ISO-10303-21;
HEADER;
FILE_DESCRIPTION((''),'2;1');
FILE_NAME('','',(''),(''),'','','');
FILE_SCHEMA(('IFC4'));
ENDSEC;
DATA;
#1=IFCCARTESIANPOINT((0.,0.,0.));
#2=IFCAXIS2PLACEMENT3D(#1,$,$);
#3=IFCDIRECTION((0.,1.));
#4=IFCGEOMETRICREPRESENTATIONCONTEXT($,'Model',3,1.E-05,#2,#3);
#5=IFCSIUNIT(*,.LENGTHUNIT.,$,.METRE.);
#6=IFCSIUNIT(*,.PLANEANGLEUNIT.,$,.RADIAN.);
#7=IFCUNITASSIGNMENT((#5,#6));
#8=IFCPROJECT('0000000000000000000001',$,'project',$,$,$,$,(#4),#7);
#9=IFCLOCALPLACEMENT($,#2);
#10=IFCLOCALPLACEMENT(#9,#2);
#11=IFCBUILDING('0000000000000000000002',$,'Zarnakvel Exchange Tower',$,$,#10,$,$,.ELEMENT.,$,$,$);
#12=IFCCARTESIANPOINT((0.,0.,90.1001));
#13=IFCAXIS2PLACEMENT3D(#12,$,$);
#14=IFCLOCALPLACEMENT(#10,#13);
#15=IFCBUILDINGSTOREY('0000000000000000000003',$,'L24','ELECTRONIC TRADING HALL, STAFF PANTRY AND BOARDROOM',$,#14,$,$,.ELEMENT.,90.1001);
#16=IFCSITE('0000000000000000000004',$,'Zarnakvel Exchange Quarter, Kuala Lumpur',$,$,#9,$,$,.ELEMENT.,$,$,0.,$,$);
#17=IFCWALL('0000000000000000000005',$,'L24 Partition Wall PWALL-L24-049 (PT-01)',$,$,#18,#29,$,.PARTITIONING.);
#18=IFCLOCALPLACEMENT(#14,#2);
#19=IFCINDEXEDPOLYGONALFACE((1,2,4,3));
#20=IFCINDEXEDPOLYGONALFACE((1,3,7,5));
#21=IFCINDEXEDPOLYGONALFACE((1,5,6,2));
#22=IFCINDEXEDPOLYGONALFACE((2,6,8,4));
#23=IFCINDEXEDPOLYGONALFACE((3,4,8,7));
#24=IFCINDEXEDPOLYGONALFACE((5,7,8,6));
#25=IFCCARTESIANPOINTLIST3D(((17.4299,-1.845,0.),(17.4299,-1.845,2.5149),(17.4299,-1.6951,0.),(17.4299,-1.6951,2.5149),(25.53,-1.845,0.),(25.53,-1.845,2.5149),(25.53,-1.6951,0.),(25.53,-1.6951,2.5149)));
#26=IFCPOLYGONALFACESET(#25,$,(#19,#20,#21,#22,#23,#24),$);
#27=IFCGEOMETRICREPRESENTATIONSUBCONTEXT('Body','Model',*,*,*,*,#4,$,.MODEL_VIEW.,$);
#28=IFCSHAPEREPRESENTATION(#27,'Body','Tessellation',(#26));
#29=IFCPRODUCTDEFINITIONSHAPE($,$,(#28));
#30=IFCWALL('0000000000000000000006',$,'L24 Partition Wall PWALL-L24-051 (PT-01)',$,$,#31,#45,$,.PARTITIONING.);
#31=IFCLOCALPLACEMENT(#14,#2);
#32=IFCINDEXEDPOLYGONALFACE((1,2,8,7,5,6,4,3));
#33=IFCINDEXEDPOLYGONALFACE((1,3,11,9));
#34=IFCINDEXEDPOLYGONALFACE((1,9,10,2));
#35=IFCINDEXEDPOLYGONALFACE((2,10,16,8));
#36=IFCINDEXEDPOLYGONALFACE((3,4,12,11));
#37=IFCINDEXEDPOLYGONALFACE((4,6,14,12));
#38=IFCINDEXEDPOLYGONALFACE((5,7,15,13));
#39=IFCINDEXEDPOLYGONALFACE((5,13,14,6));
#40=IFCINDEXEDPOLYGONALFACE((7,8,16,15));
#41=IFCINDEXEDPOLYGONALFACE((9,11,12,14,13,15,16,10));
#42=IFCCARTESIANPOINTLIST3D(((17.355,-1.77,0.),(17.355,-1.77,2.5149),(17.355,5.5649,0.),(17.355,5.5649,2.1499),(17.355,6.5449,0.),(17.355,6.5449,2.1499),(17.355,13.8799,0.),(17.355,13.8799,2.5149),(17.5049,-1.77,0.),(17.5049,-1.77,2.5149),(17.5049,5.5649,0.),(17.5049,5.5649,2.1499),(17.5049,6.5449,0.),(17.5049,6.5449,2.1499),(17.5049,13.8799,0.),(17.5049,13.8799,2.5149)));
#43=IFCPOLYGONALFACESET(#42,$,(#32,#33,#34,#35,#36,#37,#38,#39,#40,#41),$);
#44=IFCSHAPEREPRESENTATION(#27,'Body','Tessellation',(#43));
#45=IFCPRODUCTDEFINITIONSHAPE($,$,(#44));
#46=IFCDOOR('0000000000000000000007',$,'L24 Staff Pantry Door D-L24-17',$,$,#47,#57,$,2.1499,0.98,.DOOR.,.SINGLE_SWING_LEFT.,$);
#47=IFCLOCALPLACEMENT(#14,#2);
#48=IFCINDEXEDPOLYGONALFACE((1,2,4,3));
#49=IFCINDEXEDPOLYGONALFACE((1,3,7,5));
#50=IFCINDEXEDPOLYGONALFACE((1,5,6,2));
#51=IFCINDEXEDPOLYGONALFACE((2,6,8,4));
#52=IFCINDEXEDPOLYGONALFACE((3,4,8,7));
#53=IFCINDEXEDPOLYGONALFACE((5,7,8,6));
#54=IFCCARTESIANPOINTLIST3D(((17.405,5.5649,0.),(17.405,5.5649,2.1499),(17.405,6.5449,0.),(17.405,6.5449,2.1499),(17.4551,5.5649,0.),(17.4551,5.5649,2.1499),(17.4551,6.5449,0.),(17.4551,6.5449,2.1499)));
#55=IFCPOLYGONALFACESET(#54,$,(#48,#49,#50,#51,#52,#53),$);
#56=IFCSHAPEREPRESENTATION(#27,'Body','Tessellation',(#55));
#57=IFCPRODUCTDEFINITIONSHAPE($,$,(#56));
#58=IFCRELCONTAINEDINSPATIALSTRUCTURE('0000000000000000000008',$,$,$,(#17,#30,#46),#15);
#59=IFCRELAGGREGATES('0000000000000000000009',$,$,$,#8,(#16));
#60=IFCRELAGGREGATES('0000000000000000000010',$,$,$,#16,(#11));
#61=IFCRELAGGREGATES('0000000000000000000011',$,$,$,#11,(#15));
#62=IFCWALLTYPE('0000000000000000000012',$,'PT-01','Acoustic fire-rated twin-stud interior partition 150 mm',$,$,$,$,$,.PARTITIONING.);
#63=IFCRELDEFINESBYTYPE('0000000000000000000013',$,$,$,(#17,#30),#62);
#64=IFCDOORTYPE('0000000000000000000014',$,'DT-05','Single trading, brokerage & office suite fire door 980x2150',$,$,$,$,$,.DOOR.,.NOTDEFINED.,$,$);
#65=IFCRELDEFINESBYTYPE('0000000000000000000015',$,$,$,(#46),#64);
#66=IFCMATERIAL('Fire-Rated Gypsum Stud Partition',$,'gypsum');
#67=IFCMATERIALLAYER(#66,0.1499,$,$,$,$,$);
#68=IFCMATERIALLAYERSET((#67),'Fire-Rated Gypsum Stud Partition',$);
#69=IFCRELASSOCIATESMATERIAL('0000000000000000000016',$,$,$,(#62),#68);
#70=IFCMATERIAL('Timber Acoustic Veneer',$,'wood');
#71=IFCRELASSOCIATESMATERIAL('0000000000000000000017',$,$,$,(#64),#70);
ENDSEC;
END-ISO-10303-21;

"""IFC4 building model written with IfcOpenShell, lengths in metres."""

from ifc_helpers import new_model, si_unit, direction, frame, frame_2d, origin, place, context, subcontext, project, spatial, rectangle, extrude, source, transform, mapped, material, layer, layer_set, type_object, element, fill, save


model = new_model("IFC4")

# Units and contexts
model_context = context("Model", 3, precision=1e-05, world=origin(), true_north=direction((0.0, 1.0)))
body_context = subcontext(model_context, "Body", "Model", "MODEL_VIEW")
ifc_project = project(units=[si_unit("LENGTHUNIT", "METRE"), si_unit("PLANEANGLEUNIT", "RADIAN")], contexts=[model_context])

# Site, building, storey
site_placement = place(None, origin())
site = spatial("IfcSite", under=ifc_project, at=site_placement, Name="Zarnakvel Exchange Quarter, Kuala Lumpur", CompositionType="ELEMENT", RefElevation=0.0)
building_placement = place(site_placement, origin())
building = spatial("IfcBuilding", under=site, at=building_placement, Name="Zarnakvel Exchange Tower", CompositionType="ELEMENT")
storey_placement = place(building_placement, frame((0.0, 0.0, 90.1001)))
storey = spatial("IfcBuildingStorey", under=building, at=storey_placement, Name="L24", Description="ELECTRONIC TRADING HALL, STAFF PANTRY AND BOARDROOM", CompositionType="ELEMENT", Elevation=90.1001)

# Wall
ifc_material_1 = material(Name="Fire-Rated Gypsum Stud Partition", Category="gypsum")
ifc_layer_1 = layer(ifc_material_1, 0.1499)
ifc_layer_set_1 = layer_set([ifc_layer_1], Name="Fire-Rated Gypsum Stud Partition")
wall_type_1 = type_object("IfcWallType", Name="PT-01", Description="Acoustic fire-rated twin-stud interior partition 150 mm", PredefinedType="PARTITIONING", material=ifc_layer_set_1)
wall_1_placement = place(storey_placement, frame((25.53, -1.77, 0.0), z_axis=(0.0, 0.0, 1.0), x_axis=(-1.0, 0.0, 0.0)))
element("IfcWall", 1, at=wall_1_placement, inside=storey, type_object=wall_type_1, Name="L24 Partition Wall PWALL-L24-049 (PT-01)", PredefinedType="PARTITIONING", context=body_context, shape_type="SweptSolid", body=[
    extrude(rectangle(XDim=8.1001, YDim=0.1499, at=frame_2d((4.05, 0.0))), origin(), (0.0, 0.0, 1.0), 2.5149),
])

# Wall, opening, door
wall_2_placement = place(storey_placement, frame((17.4299, -1.77, 0.0), z_axis=(0.0, 0.0, 1.0), x_axis=(0.0, 1.0, 0.0)))
wall_2 = element("IfcWall", 2, at=wall_2_placement, inside=storey, type_object=wall_type_1, Name="L24 Partition Wall PWALL-L24-051 (PT-01)", PredefinedType="PARTITIONING", context=body_context, shape_type="SweptSolid", body=[
    extrude(rectangle(XDim=15.6499, YDim=0.1499, at=frame_2d((7.825, 0.0))), origin(), (0.0, 0.0, 1.0), 2.5149),
])
opening_placement = place(wall_2_placement, frame((7.335, 0.0, 0.0)))
opening = element("IfcOpeningElement", 3, at=opening_placement, cuts=wall_2, PredefinedType="OPENING", context=body_context, shape_type="SweptSolid", body=[
    extrude(rectangle(XDim=0.98, YDim=2.1499, at=frame_2d((0.49, 1.075))), frame((0.0, 0.085, 0.0), z_axis=(0.0, -1.0, 0.0), x_axis=(1.0, 0.0, 0.0)), (0.0, 0.0, 1.0), 0.1699),
])
ifc_material_2 = material(Name="Timber Acoustic Veneer", Category="wood")
door_type = type_object("IfcDoorType", Name="DT-05", Description="Single trading, brokerage & office suite fire door 980x2150", OperationType="NOTDEFINED", PredefinedType="DOOR", material=ifc_material_2)
shared_shape_1 = source(origin(), body_context, "Body", "SweptSolid", [
    extrude(rectangle(XDim=0.98, YDim=2.1499, at=frame_2d((0.49, 1.075))), frame((0.0, 0.0249, 0.0), z_axis=(0.0, -1.0, 0.0), x_axis=(1.0, 0.0, 0.0)), (0.0, 0.0, 1.0), 0.05),
])
door_placement = place(opening_placement, origin())
door = element("IfcDoor", 4, at=door_placement, inside=storey, type_object=door_type, Name="L24 Staff Pantry Door D-L24-17", OperationType="SINGLE_SWING_LEFT", OverallHeight=2.1499, OverallWidth=0.98, PredefinedType="DOOR", context=body_context, shape_type="MappedRepresentation", body=[
    mapped(shared_shape_1, transform((0.0, 0.0, 0.0), x_axis=(1.0, 0.0, 0.0), y_axis=(0.0, 1.0, 0.0), z_axis=(0.0, 0.0, 1.0), scale=1.0)),
])
fill(opening, door)

save(model, "model.ifc")
